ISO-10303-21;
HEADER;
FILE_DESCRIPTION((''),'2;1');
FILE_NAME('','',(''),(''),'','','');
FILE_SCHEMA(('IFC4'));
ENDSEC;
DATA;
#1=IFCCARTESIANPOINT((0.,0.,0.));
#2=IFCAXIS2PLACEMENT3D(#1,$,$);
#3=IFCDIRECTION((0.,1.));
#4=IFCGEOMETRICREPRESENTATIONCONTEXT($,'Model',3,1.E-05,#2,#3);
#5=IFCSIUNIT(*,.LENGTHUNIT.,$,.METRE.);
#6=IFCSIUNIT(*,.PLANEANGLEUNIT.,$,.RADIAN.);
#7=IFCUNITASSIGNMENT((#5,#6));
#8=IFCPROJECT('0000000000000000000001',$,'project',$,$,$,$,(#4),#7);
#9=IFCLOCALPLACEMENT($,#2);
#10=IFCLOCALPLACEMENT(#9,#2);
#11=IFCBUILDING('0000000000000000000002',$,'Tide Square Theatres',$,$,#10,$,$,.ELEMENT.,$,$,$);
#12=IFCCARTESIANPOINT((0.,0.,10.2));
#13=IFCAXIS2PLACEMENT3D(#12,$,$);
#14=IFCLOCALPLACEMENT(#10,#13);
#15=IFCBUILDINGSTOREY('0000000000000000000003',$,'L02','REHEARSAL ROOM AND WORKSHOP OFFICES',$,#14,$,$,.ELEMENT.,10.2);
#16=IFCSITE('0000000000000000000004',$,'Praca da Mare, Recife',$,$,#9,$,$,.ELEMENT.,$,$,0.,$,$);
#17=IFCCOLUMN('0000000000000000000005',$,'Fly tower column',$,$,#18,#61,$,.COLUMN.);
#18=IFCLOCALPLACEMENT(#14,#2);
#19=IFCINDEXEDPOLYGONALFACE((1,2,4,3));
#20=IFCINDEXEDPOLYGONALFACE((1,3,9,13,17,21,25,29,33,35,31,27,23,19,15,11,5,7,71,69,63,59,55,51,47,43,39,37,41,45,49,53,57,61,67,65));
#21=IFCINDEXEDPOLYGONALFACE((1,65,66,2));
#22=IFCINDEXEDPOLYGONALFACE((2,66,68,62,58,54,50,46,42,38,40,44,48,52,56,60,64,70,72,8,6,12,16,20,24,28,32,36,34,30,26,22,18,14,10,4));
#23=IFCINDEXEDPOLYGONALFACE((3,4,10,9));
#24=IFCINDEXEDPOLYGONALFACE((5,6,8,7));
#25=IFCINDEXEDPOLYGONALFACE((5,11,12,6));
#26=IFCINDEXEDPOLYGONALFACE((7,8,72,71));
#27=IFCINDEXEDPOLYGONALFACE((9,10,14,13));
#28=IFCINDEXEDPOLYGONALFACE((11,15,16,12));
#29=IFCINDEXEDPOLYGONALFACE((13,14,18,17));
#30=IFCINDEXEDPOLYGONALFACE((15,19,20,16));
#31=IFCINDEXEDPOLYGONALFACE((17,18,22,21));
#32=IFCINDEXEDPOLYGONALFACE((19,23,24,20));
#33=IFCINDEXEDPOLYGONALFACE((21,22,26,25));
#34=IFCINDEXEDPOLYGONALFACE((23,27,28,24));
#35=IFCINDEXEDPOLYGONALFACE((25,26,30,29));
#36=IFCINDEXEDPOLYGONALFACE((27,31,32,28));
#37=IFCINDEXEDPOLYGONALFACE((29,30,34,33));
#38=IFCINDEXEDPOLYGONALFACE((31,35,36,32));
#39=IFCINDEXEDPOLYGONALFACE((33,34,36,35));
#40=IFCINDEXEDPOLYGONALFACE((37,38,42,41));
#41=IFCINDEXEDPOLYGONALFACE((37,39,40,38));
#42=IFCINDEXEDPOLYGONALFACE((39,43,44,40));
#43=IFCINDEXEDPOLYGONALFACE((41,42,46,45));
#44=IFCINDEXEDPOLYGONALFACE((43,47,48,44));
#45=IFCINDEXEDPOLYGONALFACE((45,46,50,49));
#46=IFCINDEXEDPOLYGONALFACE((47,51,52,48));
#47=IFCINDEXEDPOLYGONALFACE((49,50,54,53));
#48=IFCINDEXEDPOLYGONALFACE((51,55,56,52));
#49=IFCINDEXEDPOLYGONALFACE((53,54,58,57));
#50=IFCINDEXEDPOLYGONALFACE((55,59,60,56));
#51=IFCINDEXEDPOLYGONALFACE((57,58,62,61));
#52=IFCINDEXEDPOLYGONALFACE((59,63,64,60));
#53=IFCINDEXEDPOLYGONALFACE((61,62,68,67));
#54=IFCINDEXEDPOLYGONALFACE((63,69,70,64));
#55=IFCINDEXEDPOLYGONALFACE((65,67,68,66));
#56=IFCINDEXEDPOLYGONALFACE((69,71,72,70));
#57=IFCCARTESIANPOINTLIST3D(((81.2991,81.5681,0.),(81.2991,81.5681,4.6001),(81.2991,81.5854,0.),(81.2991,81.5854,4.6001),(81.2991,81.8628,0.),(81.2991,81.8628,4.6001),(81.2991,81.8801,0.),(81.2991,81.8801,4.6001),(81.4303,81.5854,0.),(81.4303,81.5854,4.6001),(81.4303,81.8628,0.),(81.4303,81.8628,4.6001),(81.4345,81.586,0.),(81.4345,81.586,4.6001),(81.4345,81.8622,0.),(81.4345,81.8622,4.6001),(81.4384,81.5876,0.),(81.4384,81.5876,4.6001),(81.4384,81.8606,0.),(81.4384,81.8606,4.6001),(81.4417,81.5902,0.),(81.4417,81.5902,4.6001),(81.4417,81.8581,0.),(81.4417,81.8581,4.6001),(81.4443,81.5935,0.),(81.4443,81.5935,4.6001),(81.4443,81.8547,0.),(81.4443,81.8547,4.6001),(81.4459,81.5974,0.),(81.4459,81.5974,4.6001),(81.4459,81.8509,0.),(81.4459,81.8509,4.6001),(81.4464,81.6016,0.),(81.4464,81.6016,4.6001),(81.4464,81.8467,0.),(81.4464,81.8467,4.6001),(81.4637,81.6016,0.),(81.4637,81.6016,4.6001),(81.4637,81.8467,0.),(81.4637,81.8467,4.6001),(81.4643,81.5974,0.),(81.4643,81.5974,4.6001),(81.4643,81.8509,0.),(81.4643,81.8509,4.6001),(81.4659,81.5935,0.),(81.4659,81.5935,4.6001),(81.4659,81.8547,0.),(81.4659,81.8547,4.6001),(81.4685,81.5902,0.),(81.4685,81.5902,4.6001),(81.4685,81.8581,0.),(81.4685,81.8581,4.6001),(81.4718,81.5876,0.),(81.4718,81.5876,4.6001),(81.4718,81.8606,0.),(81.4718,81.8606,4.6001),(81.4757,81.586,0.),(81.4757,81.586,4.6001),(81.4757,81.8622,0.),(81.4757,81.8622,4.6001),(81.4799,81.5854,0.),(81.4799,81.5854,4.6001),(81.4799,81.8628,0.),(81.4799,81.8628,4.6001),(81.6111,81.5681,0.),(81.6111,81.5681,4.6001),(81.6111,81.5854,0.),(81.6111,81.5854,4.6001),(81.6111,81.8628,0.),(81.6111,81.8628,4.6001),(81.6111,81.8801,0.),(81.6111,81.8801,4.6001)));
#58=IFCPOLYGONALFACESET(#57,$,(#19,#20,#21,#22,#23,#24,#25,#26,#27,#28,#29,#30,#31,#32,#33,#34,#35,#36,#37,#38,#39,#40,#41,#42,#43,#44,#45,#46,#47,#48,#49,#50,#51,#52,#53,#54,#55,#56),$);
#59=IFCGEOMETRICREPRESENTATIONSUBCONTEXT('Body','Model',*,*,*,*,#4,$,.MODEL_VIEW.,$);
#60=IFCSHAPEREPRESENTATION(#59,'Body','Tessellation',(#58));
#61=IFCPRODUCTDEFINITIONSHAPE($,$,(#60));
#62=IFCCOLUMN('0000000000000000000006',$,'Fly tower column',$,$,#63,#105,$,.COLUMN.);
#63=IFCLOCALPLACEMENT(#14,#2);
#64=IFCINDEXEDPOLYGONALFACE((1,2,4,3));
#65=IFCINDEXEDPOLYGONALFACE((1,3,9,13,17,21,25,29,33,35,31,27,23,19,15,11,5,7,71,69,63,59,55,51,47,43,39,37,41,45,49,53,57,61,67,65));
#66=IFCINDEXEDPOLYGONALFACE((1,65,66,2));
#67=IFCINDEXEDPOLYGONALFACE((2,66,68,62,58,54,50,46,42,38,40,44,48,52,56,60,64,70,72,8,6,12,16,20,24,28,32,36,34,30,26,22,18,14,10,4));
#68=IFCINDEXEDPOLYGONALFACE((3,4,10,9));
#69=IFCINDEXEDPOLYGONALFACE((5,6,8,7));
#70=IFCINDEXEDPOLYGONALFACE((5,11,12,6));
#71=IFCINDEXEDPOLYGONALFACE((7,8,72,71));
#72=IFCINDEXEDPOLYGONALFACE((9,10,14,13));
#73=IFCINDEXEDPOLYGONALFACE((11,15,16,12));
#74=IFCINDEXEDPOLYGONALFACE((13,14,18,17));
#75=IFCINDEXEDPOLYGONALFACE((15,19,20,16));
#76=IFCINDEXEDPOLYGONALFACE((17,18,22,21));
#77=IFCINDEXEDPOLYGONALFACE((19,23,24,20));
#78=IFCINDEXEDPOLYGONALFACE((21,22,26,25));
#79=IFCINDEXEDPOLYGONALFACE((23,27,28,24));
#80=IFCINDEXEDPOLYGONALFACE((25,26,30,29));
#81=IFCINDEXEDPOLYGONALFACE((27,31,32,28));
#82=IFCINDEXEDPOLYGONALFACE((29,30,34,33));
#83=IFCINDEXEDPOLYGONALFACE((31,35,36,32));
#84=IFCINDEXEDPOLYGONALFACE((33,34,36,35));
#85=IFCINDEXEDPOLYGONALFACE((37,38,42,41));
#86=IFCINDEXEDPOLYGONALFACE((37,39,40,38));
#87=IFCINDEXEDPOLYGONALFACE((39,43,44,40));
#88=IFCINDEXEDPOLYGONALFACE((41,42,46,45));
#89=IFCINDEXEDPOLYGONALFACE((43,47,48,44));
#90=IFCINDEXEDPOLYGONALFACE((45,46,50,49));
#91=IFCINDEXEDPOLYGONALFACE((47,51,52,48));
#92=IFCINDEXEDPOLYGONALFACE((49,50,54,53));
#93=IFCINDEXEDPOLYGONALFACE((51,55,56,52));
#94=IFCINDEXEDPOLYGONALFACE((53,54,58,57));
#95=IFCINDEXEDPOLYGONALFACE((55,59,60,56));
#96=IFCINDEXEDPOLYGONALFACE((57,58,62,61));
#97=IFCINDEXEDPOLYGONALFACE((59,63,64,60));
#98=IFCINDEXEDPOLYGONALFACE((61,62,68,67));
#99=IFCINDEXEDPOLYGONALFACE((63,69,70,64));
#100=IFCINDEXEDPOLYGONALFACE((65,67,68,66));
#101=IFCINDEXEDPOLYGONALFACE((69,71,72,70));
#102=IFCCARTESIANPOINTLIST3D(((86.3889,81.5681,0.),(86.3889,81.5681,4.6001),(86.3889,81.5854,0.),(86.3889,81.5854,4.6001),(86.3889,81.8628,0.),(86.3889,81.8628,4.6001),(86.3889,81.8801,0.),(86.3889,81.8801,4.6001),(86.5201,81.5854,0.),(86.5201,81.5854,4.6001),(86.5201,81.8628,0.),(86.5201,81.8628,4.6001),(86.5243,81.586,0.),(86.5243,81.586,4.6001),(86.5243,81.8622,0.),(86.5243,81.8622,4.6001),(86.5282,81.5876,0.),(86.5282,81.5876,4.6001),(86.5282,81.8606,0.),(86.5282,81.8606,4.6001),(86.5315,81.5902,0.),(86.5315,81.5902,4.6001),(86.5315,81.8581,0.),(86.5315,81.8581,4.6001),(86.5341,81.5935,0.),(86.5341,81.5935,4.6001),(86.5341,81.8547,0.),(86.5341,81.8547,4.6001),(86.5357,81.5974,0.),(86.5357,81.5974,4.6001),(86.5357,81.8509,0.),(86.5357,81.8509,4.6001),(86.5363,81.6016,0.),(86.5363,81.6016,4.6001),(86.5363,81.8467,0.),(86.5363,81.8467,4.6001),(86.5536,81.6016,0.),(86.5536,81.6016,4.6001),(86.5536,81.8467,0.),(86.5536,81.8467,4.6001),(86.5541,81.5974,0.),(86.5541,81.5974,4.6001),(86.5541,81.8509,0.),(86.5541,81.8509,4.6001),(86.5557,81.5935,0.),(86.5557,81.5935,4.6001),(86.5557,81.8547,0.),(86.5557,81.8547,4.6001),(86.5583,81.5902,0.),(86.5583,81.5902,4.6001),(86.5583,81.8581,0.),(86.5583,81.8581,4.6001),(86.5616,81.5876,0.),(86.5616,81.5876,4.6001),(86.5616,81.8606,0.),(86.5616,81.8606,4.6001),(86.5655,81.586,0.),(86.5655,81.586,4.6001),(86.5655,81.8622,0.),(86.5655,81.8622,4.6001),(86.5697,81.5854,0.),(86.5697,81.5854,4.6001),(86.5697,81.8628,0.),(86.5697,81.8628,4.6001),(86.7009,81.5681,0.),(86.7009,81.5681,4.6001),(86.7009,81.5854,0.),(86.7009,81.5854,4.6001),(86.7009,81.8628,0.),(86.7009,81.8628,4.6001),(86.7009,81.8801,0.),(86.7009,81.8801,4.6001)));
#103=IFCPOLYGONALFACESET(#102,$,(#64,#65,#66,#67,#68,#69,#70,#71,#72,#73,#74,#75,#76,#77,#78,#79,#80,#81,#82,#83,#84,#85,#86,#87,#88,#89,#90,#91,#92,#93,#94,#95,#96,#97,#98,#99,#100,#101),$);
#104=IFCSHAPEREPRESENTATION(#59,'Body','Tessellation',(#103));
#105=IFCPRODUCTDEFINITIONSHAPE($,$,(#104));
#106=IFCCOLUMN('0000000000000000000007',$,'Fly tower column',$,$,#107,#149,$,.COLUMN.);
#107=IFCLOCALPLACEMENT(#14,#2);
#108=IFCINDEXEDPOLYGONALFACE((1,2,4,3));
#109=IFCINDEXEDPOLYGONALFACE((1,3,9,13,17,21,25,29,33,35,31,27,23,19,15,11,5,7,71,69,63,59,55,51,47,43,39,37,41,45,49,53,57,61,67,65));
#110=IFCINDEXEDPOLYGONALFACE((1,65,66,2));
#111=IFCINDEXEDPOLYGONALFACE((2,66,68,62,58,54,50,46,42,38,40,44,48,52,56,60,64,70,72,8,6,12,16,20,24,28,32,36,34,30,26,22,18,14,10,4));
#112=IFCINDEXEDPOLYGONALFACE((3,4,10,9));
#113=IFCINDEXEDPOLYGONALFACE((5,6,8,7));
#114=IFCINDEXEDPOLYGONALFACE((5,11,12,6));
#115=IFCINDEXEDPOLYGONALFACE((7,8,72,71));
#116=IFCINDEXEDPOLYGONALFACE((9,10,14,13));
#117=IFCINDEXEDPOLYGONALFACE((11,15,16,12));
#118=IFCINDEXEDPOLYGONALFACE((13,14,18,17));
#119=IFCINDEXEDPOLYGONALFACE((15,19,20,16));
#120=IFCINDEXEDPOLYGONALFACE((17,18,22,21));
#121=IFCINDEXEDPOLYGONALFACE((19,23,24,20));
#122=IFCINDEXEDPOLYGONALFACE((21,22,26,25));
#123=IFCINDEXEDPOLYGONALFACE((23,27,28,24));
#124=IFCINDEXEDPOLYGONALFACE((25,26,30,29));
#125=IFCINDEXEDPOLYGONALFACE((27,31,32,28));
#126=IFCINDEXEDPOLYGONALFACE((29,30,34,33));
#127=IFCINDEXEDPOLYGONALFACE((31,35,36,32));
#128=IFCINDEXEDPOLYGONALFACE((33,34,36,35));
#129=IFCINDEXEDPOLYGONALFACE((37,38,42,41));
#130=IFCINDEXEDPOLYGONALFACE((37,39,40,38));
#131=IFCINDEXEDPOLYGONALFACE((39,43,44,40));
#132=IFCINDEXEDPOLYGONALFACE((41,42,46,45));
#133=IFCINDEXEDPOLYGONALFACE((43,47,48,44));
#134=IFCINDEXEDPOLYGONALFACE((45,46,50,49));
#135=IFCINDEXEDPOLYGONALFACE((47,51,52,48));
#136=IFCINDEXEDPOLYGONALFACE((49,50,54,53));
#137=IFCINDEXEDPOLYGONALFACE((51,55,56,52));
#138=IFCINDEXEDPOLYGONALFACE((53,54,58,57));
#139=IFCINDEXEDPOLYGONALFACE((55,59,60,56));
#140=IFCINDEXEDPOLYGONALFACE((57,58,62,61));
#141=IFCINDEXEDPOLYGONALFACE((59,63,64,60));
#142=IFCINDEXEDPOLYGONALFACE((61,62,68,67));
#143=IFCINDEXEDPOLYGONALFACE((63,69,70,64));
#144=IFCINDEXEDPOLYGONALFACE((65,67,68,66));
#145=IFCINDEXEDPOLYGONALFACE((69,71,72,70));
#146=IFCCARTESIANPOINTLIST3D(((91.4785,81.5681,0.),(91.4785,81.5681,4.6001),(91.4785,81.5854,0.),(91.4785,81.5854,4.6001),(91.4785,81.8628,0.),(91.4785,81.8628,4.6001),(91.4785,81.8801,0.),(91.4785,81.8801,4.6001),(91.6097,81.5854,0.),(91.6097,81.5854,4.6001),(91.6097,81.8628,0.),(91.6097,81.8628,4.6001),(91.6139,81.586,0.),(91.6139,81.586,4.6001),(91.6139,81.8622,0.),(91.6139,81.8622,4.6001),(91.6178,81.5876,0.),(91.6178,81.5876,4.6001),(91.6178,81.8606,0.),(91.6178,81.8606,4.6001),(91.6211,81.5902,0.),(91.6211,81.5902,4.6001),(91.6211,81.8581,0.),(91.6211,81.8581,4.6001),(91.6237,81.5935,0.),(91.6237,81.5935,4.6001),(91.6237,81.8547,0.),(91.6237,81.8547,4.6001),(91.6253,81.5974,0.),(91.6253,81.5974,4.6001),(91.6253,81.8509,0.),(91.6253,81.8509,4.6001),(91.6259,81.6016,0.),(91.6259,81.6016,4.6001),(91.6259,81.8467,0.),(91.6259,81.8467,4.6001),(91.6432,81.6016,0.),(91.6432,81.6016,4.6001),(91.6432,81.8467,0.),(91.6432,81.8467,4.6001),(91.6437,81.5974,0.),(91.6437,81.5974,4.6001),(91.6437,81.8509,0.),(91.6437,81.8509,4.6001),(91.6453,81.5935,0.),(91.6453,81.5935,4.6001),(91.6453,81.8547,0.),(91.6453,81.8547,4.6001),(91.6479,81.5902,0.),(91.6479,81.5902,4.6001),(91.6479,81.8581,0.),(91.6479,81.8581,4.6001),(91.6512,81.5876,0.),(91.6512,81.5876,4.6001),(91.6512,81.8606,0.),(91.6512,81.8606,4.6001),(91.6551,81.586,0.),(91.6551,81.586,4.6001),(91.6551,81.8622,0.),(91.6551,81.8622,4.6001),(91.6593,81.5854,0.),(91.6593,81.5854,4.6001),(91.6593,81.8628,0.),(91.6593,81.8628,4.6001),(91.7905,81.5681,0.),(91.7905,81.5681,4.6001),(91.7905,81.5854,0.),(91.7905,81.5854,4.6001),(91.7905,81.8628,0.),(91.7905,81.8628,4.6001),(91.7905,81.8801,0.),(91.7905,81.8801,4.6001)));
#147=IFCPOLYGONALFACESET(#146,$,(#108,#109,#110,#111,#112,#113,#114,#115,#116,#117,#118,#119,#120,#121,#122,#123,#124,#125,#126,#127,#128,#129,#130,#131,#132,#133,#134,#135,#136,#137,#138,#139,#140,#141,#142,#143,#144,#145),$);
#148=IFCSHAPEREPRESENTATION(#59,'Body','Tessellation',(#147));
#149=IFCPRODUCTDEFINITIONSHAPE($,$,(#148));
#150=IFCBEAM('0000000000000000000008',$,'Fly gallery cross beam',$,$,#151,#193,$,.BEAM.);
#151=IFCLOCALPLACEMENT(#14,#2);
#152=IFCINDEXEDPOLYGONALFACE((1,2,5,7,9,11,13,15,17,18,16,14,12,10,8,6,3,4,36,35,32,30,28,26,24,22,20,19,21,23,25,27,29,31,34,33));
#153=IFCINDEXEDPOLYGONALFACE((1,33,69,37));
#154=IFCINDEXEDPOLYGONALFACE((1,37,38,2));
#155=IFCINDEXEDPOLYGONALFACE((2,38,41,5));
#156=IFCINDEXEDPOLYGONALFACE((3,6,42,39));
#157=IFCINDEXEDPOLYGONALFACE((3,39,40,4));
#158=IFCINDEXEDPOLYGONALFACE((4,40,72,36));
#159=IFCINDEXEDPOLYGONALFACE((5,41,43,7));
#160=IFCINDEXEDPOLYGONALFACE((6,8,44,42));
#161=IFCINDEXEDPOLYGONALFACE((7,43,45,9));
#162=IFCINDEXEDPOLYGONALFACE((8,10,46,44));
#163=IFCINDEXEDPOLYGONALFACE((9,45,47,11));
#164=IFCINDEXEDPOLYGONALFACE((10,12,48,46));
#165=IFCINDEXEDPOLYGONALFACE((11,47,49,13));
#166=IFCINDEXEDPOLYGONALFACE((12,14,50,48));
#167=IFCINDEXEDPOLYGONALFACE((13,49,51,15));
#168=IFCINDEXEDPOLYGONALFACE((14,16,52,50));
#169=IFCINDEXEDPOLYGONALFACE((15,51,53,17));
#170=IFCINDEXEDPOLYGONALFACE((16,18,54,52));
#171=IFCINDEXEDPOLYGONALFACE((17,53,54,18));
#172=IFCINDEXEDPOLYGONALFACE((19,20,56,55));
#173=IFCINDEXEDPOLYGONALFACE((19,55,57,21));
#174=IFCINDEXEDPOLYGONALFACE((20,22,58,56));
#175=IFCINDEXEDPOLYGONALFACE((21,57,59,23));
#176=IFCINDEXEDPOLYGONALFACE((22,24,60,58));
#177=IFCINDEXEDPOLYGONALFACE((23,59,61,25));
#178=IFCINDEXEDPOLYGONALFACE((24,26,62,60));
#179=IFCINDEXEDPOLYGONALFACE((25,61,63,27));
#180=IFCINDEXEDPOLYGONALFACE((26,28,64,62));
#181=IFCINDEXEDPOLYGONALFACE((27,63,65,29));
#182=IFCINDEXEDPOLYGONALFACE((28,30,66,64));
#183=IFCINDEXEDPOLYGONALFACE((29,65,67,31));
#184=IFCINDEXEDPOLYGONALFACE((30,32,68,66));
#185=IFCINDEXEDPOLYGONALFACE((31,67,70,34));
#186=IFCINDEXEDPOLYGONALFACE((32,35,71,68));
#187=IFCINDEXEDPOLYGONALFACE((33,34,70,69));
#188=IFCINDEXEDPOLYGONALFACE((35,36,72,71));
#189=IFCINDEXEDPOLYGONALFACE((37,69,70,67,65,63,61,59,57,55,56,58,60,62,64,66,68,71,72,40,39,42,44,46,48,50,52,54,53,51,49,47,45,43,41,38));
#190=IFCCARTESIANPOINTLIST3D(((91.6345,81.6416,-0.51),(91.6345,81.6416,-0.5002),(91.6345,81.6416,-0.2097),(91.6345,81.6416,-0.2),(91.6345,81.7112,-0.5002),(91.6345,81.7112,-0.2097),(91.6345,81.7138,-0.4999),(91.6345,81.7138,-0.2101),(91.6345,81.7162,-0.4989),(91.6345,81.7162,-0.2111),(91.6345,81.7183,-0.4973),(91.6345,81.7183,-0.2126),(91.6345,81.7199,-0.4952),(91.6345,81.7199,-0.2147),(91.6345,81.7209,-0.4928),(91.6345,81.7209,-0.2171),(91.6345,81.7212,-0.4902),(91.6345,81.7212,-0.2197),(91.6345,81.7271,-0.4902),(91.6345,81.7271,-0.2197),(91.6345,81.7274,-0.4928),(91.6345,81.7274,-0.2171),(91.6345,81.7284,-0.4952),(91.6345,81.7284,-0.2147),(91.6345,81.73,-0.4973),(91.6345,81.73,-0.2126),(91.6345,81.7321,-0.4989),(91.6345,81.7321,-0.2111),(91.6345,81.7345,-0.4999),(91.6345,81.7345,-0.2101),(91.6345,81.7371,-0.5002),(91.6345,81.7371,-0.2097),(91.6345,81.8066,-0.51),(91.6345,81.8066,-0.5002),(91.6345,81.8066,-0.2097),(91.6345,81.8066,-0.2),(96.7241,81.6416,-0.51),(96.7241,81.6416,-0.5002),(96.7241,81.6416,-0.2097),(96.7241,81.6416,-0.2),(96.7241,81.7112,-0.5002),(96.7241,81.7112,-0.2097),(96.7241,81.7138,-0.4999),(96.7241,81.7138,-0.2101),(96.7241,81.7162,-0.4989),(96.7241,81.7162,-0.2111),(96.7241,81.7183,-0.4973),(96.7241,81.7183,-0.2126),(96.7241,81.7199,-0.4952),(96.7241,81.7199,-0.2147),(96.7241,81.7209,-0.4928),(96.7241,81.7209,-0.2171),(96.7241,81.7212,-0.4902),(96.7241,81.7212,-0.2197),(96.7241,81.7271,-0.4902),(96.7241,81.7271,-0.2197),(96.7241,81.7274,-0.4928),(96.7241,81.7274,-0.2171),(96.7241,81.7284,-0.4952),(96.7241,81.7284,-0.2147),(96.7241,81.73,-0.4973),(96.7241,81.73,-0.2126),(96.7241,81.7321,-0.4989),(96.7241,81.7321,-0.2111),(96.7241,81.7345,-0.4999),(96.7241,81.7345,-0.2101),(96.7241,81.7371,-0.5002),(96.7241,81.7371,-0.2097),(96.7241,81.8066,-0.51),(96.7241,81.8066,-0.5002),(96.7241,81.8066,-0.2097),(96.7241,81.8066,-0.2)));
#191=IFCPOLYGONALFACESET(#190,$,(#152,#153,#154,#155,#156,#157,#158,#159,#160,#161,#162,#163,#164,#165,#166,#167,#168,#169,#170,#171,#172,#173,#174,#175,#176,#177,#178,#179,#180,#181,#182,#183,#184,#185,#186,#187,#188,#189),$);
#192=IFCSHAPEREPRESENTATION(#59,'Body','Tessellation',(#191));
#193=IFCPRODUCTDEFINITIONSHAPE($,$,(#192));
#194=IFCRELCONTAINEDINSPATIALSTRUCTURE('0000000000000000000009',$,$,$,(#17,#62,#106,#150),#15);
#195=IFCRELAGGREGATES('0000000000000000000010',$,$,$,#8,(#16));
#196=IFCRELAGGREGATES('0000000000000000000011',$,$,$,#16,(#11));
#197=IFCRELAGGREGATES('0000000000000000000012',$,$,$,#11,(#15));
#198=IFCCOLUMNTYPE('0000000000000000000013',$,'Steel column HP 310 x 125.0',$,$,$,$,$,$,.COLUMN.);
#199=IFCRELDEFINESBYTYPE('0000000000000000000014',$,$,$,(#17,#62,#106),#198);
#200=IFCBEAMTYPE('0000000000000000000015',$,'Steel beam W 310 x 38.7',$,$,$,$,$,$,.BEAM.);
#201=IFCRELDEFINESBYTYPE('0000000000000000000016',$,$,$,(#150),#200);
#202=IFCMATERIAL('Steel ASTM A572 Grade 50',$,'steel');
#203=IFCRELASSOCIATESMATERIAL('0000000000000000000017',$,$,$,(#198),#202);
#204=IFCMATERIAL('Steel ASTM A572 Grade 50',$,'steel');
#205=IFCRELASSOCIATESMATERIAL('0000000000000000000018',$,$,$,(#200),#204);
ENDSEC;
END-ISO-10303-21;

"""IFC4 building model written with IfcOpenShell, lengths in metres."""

from ifc_helpers import new_model, si_unit, direction, frame, origin, origin_2d, place, context, subcontext, project, spatial, i_section, extrude, material, material_profile, profile_set, type_object, element, save


model = new_model("IFC4")

# Units and contexts
model_context = context("Model", 3, precision=1e-05, world=origin(), true_north=direction((0.0, 1.0)))
body_context = subcontext(model_context, "Body", "Model", "MODEL_VIEW")
ifc_project = project(units=[si_unit("LENGTHUNIT", "METRE"), si_unit("PLANEANGLEUNIT", "RADIAN")], contexts=[model_context])

# Site, building, storey
site_placement = place(None, origin())
site = spatial("IfcSite", under=ifc_project, at=site_placement, Name="Praca da Mare, Recife", CompositionType="ELEMENT", RefElevation=0.0)
building_placement = place(site_placement, origin())
building = spatial("IfcBuilding", under=site, at=building_placement, Name="Tide Square Theatres", CompositionType="ELEMENT")
storey_placement = place(building_placement, frame((0.0, 0.0, 10.2)))
storey = spatial("IfcBuildingStorey", under=building, at=storey_placement, Name="L02", Description="REHEARSAL ROOM AND WORKSHOP OFFICES", CompositionType="ELEMENT", Elevation=10.2)

# Columns
ifc_material_1 = material(Name="Steel ASTM A572 Grade 50", Category="steel")
ifc_material_profile_1 = material_profile(ifc_material_1, i_section(OverallWidth=0.312, OverallDepth=0.312, WebThickness=0.0173, FlangeThickness=0.0173, FilletRadius=0.0161, at=origin_2d()))
ifc_profile_set_1 = profile_set([ifc_material_profile_1], Name="Steel ASTM A572 Grade 50")
column_type = type_object("IfcColumnType", Name="Steel column HP 310 x 125.0", PredefinedType="COLUMN", material=ifc_profile_set_1)
for number, where, z_axis, x_axis, name in (
    (1, (81.4551, 81.7241, 0.0), (0.0, 0.0, 1.0), (1.0, 0.0, 0.0), "Fly tower column"),
    (2, (86.5449, 81.7241, 0.0), (0.0, 0.0, 1.0), (1.0, 0.0, 0.0), "Fly tower column"),
    (3, (91.6345, 81.7241, 0.0), (0.0, 0.0, 1.0), (1.0, 0.0, 0.0), "Fly tower column"),
):
    element("IfcColumn", number, at=place(storey_placement, frame(where, z_axis=z_axis, x_axis=x_axis)), inside=storey, type_object=column_type, Name=name, PredefinedType="COLUMN", context=body_context, shape_type="SweptSolid", body=[
        extrude(i_section(OverallWidth=0.312, OverallDepth=0.312, WebThickness=0.0173, FlangeThickness=0.0173, FilletRadius=0.0161, at=origin_2d()), origin(), (0.0, 0.0, 1.0), 4.6001),
    ])

# Beam
ifc_material_2 = material(Name="Steel ASTM A572 Grade 50", Category="steel")
ifc_material_profile_2 = material_profile(ifc_material_2, i_section(OverallWidth=0.165, OverallDepth=0.3101, WebThickness=0.0059, FlangeThickness=0.0098, FilletRadius=0.01, at=origin_2d()))
ifc_profile_set_2 = profile_set([ifc_material_profile_2], Name="Steel ASTM A572 Grade 50")
beam_type = type_object("IfcBeamType", Name="Steel beam W 310 x 38.7", PredefinedType="BEAM", material=ifc_profile_set_2)
for number, where, z_axis, x_axis, name in (
    (4, (91.6345, 81.7241, -0.355), (1.0, 0.0, 0.0), (0.0, 1.0, 0.0), "Fly gallery cross beam"),
):
    element("IfcBeam", number, at=place(storey_placement, frame(where, z_axis=z_axis, x_axis=x_axis)), inside=storey, type_object=beam_type, Name=name, PredefinedType="BEAM", context=body_context, shape_type="SweptSolid", body=[
        extrude(i_section(OverallWidth=0.165, OverallDepth=0.3101, WebThickness=0.0059, FlangeThickness=0.0098, FilletRadius=0.01, at=origin_2d()), origin(), (0.0, 0.0, 1.0), 5.0896),
    ])

save(model, "model.ifc")
